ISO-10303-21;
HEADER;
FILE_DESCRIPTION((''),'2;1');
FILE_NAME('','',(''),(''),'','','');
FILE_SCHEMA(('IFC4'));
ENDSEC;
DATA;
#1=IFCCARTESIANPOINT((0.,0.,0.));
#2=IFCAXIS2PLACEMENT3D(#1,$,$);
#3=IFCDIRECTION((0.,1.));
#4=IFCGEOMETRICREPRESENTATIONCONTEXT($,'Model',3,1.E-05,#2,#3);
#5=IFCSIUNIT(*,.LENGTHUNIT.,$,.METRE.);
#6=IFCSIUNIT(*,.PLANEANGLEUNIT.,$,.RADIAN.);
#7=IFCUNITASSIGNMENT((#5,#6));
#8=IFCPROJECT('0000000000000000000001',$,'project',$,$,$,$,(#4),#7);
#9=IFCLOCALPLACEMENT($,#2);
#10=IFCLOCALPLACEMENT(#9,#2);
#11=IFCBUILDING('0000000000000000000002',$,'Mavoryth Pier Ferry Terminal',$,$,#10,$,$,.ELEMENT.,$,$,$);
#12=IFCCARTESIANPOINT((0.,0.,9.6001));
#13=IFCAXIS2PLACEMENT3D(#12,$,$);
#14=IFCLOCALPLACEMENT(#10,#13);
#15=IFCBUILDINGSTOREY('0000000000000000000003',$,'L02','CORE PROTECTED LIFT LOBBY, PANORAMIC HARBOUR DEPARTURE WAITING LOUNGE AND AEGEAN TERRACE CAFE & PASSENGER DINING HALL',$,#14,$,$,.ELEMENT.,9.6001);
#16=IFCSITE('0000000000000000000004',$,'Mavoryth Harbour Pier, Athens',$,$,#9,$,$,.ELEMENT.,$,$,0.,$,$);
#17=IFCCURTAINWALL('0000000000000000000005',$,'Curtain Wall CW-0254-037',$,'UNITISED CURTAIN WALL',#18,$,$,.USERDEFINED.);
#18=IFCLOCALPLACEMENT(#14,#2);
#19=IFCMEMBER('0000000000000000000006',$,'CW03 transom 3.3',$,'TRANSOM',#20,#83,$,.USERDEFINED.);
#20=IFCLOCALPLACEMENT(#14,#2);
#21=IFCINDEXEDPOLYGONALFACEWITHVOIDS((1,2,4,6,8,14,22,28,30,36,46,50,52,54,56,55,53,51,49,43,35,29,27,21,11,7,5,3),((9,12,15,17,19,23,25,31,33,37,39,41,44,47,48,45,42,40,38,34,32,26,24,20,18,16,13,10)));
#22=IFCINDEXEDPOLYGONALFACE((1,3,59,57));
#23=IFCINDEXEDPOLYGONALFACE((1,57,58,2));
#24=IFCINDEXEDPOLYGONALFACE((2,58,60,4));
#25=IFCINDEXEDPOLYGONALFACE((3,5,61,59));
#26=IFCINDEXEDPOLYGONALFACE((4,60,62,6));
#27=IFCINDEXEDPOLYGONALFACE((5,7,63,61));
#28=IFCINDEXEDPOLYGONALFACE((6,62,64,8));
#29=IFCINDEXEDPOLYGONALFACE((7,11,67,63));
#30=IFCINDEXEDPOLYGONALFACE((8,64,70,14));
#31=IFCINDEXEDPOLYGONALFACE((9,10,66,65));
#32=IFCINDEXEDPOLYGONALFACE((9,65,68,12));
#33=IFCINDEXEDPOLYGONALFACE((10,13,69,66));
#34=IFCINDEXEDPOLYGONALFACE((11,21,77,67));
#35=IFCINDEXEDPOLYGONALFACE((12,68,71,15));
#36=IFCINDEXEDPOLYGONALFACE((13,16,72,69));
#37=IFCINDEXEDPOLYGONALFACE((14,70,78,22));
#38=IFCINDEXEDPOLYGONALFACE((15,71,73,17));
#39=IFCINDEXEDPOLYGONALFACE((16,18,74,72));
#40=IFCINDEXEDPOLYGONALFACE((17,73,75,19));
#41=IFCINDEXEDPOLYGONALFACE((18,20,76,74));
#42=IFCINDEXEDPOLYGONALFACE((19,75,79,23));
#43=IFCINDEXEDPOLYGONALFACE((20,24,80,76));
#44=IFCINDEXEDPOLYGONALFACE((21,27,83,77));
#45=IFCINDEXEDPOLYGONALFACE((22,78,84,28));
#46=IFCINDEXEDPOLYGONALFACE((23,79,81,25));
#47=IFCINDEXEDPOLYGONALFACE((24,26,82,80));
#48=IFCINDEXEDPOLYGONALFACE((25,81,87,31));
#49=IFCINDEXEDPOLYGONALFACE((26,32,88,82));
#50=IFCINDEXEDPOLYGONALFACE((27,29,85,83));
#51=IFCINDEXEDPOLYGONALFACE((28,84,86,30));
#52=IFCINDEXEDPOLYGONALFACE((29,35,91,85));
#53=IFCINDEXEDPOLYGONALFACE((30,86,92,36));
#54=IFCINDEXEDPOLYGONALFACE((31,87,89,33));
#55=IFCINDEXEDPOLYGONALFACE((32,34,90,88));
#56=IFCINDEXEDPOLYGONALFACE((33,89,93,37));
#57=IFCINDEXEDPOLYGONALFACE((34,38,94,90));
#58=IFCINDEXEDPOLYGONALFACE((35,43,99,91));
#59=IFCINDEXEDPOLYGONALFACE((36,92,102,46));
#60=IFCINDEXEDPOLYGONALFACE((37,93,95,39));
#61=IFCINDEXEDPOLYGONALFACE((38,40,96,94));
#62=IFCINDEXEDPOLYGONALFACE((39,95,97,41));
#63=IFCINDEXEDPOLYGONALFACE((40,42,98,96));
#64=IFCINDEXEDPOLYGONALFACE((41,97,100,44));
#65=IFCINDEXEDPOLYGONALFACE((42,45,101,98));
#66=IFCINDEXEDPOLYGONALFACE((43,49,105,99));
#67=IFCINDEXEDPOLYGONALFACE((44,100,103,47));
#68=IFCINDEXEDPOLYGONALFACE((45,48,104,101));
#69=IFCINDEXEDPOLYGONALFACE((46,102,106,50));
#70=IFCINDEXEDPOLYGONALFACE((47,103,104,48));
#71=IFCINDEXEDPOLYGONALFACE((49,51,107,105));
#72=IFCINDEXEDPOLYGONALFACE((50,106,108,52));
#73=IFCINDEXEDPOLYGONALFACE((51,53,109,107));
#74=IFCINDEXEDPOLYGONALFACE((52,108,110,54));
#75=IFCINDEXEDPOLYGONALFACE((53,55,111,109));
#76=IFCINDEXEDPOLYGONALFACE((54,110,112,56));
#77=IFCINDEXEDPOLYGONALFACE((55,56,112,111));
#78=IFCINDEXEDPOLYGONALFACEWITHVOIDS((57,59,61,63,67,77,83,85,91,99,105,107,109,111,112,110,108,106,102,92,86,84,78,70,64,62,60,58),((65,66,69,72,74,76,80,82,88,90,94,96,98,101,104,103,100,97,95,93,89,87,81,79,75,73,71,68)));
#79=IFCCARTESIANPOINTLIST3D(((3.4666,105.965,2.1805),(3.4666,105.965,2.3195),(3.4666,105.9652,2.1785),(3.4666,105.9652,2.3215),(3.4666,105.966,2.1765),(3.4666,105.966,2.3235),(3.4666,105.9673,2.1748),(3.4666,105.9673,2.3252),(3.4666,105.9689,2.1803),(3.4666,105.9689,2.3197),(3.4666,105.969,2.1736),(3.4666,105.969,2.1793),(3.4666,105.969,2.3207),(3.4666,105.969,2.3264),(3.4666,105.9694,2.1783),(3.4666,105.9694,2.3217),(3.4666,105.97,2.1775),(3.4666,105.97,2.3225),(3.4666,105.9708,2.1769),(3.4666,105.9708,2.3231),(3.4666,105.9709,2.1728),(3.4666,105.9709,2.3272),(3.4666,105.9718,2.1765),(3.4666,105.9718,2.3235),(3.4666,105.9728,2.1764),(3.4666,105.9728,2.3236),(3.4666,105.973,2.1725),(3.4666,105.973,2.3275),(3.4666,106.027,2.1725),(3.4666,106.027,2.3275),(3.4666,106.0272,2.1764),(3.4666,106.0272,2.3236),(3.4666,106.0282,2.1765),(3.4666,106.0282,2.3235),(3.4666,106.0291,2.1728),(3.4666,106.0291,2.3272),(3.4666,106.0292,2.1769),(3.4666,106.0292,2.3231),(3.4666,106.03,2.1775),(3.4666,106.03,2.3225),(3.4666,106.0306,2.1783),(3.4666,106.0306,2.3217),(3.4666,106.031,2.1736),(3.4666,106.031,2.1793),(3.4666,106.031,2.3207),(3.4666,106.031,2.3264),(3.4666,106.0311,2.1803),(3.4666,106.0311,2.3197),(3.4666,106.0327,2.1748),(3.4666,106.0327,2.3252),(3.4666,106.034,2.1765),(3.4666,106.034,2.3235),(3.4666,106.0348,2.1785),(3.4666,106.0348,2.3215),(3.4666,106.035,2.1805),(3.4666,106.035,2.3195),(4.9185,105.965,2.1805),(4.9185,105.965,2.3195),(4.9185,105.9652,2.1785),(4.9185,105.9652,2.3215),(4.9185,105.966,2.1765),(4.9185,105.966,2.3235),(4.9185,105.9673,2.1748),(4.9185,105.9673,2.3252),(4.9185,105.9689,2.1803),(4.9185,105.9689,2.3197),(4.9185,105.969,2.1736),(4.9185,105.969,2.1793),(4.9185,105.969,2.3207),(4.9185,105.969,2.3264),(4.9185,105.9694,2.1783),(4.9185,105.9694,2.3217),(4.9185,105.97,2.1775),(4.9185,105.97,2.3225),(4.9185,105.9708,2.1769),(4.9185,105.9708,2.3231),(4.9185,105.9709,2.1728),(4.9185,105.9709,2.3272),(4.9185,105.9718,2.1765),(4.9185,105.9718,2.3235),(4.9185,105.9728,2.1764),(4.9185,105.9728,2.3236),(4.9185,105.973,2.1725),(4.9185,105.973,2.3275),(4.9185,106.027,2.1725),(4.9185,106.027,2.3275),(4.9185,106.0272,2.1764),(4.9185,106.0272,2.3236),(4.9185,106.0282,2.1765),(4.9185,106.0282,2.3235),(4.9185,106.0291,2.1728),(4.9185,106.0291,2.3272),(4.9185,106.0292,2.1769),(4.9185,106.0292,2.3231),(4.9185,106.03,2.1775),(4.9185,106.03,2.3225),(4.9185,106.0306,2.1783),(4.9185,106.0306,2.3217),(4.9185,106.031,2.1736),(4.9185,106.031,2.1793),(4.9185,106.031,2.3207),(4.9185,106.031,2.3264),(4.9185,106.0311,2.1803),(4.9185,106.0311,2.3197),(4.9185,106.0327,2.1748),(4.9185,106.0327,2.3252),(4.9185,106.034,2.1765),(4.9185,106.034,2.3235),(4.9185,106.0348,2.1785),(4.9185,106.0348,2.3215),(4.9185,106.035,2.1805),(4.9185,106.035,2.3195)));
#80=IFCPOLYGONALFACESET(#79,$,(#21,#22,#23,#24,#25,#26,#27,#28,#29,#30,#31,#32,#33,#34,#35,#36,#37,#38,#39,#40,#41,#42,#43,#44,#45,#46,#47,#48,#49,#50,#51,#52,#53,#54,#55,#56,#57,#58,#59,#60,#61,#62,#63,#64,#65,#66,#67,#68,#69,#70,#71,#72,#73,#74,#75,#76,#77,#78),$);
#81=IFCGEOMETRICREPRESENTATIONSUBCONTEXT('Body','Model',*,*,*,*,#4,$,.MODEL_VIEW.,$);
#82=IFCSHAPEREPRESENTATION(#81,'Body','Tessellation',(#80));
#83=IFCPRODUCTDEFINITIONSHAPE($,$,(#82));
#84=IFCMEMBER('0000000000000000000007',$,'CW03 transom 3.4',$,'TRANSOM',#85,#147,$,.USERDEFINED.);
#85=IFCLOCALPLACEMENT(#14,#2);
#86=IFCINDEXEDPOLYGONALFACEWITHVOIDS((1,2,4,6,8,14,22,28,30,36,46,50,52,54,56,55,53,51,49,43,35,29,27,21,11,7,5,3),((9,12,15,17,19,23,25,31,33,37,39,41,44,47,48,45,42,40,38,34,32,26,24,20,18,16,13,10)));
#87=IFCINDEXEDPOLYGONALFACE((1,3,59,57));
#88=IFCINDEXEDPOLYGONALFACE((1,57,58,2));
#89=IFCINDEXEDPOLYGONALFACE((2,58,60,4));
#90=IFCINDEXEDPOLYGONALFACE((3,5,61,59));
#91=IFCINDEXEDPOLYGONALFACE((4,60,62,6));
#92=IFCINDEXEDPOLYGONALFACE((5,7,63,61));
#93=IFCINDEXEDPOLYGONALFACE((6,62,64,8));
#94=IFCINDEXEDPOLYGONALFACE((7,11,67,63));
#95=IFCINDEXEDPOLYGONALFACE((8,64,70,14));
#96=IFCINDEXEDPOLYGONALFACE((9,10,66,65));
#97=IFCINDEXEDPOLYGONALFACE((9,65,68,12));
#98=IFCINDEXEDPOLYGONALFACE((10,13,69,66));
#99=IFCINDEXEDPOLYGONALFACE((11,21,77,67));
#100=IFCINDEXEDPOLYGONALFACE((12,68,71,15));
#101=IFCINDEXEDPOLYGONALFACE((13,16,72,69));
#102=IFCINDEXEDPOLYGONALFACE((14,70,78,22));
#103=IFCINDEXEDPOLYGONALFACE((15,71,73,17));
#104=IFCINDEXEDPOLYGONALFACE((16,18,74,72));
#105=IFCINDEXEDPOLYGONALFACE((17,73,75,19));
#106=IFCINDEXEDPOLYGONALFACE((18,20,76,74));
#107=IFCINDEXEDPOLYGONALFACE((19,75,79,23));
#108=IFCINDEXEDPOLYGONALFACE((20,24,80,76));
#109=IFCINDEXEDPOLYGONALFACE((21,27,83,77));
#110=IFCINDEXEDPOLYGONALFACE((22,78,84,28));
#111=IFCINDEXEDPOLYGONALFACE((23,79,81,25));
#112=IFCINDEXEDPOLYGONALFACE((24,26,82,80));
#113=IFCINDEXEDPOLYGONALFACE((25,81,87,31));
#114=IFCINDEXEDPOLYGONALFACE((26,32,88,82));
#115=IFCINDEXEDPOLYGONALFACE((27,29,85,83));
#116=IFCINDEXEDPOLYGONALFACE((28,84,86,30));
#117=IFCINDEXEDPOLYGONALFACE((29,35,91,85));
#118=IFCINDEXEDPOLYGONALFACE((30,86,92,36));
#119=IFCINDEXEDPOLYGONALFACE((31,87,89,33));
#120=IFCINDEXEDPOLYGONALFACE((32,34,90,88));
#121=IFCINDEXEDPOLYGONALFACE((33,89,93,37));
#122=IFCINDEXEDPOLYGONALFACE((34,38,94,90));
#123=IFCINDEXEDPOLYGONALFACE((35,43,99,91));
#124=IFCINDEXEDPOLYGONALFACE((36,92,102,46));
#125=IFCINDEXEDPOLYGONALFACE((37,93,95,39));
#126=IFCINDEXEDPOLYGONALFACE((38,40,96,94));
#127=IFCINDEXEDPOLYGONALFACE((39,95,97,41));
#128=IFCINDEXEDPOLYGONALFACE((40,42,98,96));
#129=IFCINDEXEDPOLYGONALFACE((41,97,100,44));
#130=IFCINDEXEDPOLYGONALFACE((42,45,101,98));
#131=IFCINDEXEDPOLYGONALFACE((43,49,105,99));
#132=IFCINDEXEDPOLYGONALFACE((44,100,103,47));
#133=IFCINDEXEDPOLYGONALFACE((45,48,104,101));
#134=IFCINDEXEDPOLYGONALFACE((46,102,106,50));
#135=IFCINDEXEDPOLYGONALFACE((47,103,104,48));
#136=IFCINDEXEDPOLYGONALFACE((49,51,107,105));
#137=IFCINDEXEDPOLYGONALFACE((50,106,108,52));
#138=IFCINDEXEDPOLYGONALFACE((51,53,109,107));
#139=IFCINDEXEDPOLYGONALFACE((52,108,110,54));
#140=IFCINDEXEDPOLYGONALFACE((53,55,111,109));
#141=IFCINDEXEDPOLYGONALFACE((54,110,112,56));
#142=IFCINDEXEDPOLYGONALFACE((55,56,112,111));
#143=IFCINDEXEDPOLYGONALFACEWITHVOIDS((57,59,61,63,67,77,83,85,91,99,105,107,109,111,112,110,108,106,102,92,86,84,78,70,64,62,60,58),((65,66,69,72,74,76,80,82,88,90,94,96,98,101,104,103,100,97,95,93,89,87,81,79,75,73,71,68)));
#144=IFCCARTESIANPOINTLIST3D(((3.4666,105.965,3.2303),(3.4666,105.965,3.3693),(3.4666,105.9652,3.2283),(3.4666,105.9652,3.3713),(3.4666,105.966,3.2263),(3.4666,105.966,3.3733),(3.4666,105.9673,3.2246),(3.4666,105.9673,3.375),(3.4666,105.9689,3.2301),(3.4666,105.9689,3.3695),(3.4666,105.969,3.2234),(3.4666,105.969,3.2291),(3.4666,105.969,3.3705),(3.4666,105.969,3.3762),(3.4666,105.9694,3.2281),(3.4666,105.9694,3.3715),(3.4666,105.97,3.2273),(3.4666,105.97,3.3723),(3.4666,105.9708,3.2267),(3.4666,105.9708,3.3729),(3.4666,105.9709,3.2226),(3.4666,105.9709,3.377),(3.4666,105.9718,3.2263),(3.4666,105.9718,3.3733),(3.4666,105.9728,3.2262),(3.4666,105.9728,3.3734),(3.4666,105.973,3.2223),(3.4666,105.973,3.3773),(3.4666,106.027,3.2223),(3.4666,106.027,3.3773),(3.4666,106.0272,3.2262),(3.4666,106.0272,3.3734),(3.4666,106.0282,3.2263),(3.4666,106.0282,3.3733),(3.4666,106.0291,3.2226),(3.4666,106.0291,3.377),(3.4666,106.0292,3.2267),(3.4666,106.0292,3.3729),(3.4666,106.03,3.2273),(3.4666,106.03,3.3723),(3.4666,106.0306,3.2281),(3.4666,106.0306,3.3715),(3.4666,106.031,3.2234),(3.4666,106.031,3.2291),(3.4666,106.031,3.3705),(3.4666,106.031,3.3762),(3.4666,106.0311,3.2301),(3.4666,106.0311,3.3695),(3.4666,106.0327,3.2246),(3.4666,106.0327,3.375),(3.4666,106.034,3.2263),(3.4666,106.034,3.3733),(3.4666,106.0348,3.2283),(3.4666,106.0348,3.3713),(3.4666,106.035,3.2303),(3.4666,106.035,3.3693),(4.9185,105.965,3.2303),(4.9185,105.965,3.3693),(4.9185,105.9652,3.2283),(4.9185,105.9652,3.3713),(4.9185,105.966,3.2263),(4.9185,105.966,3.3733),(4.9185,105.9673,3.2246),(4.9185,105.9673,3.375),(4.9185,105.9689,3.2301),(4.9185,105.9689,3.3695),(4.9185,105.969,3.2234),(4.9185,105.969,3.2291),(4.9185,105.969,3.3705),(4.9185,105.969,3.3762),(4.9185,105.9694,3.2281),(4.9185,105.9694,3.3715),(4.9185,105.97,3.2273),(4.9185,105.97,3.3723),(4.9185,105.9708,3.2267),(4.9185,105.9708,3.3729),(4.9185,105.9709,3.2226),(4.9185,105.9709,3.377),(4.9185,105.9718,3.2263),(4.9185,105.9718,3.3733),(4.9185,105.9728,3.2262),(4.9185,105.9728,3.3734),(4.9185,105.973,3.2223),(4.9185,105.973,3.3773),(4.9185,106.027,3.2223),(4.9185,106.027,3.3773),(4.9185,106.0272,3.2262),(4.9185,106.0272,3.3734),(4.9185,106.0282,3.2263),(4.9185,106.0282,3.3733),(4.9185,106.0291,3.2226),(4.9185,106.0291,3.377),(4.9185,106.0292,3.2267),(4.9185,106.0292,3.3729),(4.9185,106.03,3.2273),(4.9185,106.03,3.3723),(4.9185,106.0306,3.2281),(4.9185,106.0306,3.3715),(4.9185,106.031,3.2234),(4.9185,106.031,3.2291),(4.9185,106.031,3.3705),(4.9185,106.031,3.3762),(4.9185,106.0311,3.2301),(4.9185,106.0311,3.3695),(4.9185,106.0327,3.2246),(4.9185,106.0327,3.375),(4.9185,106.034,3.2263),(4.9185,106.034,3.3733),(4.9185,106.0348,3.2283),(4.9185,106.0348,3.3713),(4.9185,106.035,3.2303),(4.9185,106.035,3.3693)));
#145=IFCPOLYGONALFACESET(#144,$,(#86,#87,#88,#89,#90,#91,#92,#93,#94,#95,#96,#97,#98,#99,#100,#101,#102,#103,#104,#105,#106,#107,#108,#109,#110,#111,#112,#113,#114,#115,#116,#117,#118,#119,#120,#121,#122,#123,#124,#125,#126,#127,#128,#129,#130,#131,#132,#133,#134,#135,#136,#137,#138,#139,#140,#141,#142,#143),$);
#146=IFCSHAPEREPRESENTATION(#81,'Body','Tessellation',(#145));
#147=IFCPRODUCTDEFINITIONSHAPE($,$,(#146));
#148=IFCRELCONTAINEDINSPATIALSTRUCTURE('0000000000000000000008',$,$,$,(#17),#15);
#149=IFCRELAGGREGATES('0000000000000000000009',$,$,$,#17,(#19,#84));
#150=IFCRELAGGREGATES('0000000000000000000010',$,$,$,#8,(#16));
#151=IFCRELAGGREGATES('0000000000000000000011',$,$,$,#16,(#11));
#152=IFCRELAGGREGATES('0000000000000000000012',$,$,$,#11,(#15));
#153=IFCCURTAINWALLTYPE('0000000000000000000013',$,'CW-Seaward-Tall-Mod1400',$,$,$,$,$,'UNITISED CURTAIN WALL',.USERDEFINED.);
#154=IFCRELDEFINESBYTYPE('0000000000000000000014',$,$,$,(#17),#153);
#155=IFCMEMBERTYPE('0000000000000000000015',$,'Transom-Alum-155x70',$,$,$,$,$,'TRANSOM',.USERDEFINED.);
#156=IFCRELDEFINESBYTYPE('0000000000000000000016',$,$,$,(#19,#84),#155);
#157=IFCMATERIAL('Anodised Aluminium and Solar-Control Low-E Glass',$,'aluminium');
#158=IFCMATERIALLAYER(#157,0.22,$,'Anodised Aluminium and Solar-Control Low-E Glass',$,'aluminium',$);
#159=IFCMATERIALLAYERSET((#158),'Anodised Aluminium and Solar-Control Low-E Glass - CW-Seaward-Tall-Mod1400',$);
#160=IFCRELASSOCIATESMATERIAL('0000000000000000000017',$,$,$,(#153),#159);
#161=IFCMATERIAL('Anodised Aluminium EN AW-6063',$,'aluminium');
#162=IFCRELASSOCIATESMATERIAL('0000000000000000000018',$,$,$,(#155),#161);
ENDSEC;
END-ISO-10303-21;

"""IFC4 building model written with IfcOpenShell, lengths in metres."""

from ifc_helpers import new_model, si_unit, direction, frame, origin, origin_2d, place, context, subcontext, project, spatial, hollow_rectangle, extrude, material, layer, layer_set, material_profile, profile_set, type_object, element, aggregate, save


model = new_model("IFC4")

# Units and contexts
model_context = context("Model", 3, precision=1e-05, world=origin(), true_north=direction((0.0, 1.0)))
body_context = subcontext(model_context, "Body", "Model", "MODEL_VIEW")
ifc_project = project(units=[si_unit("LENGTHUNIT", "METRE"), si_unit("PLANEANGLEUNIT", "RADIAN")], contexts=[model_context])

# Site, building, storey
site_placement = place(None, origin())
site = spatial("IfcSite", under=ifc_project, at=site_placement, Name="Mavoryth Harbour Pier, Athens", CompositionType="ELEMENT", RefElevation=0.0)
building_placement = place(site_placement, origin())
building = spatial("IfcBuilding", under=site, at=building_placement, Name="Mavoryth Pier Ferry Terminal", CompositionType="ELEMENT")
storey_placement = place(building_placement, frame((0.0, 0.0, 9.6001)))
storey = spatial("IfcBuildingStorey", under=building, at=storey_placement, Name="L02", Description="CORE PROTECTED LIFT LOBBY, PANORAMIC HARBOUR DEPARTURE WAITING LOUNGE AND AEGEAN TERRACE CAFE & PASSENGER DINING HALL", CompositionType="ELEMENT", Elevation=9.6001)

# Curtain wall
ifc_material_1 = material(Name="Anodised Aluminium and Solar-Control Low-E Glass", Category="aluminium")
ifc_layer_1 = layer(ifc_material_1, 0.22, Name="Anodised Aluminium and Solar-Control Low-E Glass", Category="aluminium")
ifc_layer_set_1 = layer_set([ifc_layer_1], Name="Anodised Aluminium and Solar-Control Low-E Glass - CW-Seaward-Tall-Mod1400")
curtain_wall_type = type_object("IfcCurtainWallType", Name="CW-Seaward-Tall-Mod1400", ElementType="UNITISED CURTAIN WALL", PredefinedType="USERDEFINED", material=ifc_layer_set_1)
curtain_wall_placement = place(storey_placement, origin())
curtain_wall = element("IfcCurtainWall", 1, at=curtain_wall_placement, inside=storey, type_object=curtain_wall_type, Name="Curtain Wall CW-0254-037", ObjectType="UNITISED CURTAIN WALL", PredefinedType="USERDEFINED")
ifc_material_2 = material(Name="Anodised Aluminium EN AW-6063", Category="aluminium")

# Members
ifc_material_profile_1 = material_profile(ifc_material_2, hollow_rectangle(XDim=0.0701, YDim=0.155, WallThickness=0.0039, InnerFilletRadius=0.0039, OuterFilletRadius=0.0081, at=origin_2d()), Name="AL-TRAN 155x70x4", Category="aluminium")
ifc_profile_set_1 = profile_set([ifc_material_profile_1], Name="Anodised Aluminium EN AW-6063 - AL-TRAN 155x70x4")
member_type_1 = type_object("IfcMemberType", Name="Transom-Alum-155x70", ElementType="TRANSOM", PredefinedType="USERDEFINED", material=ifc_profile_set_1)
member_1_placement = place(storey_placement, frame((4.9185, 106.0, 2.25), z_axis=(-1.0, 0.0, 0.0), x_axis=(0.0, -1.0, 0.0)))
member_1 = element("IfcMember", 2, at=member_1_placement, type_object=member_type_1, Name="CW03 transom 3.3", ObjectType="TRANSOM", PredefinedType="USERDEFINED", context=body_context, shape_type="SweptSolid", body=[
    extrude(hollow_rectangle(XDim=0.0701, YDim=0.155, WallThickness=0.0039, InnerFilletRadius=0.0039, OuterFilletRadius=0.0081, at=origin_2d()), origin(), (0.0, 0.0, 1.0), 1.4519),
])
member_2_placement = place(storey_placement, frame((4.9185, 106.0, 3.2998), z_axis=(-1.0, 0.0, 0.0), x_axis=(0.0, -1.0, 0.0)))
member_2 = element("IfcMember", 3, at=member_2_placement, type_object=member_type_1, Name="CW03 transom 3.4", ObjectType="TRANSOM", PredefinedType="USERDEFINED", context=body_context, shape_type="SweptSolid", body=[
    extrude(hollow_rectangle(XDim=0.0701, YDim=0.155, WallThickness=0.0039, InnerFilletRadius=0.0039, OuterFilletRadius=0.0081, at=origin_2d()), origin(), (0.0, 0.0, 1.0), 1.4519),
])

aggregate(curtain_wall, [member_1, member_2])

save(model, "model.ifc")
